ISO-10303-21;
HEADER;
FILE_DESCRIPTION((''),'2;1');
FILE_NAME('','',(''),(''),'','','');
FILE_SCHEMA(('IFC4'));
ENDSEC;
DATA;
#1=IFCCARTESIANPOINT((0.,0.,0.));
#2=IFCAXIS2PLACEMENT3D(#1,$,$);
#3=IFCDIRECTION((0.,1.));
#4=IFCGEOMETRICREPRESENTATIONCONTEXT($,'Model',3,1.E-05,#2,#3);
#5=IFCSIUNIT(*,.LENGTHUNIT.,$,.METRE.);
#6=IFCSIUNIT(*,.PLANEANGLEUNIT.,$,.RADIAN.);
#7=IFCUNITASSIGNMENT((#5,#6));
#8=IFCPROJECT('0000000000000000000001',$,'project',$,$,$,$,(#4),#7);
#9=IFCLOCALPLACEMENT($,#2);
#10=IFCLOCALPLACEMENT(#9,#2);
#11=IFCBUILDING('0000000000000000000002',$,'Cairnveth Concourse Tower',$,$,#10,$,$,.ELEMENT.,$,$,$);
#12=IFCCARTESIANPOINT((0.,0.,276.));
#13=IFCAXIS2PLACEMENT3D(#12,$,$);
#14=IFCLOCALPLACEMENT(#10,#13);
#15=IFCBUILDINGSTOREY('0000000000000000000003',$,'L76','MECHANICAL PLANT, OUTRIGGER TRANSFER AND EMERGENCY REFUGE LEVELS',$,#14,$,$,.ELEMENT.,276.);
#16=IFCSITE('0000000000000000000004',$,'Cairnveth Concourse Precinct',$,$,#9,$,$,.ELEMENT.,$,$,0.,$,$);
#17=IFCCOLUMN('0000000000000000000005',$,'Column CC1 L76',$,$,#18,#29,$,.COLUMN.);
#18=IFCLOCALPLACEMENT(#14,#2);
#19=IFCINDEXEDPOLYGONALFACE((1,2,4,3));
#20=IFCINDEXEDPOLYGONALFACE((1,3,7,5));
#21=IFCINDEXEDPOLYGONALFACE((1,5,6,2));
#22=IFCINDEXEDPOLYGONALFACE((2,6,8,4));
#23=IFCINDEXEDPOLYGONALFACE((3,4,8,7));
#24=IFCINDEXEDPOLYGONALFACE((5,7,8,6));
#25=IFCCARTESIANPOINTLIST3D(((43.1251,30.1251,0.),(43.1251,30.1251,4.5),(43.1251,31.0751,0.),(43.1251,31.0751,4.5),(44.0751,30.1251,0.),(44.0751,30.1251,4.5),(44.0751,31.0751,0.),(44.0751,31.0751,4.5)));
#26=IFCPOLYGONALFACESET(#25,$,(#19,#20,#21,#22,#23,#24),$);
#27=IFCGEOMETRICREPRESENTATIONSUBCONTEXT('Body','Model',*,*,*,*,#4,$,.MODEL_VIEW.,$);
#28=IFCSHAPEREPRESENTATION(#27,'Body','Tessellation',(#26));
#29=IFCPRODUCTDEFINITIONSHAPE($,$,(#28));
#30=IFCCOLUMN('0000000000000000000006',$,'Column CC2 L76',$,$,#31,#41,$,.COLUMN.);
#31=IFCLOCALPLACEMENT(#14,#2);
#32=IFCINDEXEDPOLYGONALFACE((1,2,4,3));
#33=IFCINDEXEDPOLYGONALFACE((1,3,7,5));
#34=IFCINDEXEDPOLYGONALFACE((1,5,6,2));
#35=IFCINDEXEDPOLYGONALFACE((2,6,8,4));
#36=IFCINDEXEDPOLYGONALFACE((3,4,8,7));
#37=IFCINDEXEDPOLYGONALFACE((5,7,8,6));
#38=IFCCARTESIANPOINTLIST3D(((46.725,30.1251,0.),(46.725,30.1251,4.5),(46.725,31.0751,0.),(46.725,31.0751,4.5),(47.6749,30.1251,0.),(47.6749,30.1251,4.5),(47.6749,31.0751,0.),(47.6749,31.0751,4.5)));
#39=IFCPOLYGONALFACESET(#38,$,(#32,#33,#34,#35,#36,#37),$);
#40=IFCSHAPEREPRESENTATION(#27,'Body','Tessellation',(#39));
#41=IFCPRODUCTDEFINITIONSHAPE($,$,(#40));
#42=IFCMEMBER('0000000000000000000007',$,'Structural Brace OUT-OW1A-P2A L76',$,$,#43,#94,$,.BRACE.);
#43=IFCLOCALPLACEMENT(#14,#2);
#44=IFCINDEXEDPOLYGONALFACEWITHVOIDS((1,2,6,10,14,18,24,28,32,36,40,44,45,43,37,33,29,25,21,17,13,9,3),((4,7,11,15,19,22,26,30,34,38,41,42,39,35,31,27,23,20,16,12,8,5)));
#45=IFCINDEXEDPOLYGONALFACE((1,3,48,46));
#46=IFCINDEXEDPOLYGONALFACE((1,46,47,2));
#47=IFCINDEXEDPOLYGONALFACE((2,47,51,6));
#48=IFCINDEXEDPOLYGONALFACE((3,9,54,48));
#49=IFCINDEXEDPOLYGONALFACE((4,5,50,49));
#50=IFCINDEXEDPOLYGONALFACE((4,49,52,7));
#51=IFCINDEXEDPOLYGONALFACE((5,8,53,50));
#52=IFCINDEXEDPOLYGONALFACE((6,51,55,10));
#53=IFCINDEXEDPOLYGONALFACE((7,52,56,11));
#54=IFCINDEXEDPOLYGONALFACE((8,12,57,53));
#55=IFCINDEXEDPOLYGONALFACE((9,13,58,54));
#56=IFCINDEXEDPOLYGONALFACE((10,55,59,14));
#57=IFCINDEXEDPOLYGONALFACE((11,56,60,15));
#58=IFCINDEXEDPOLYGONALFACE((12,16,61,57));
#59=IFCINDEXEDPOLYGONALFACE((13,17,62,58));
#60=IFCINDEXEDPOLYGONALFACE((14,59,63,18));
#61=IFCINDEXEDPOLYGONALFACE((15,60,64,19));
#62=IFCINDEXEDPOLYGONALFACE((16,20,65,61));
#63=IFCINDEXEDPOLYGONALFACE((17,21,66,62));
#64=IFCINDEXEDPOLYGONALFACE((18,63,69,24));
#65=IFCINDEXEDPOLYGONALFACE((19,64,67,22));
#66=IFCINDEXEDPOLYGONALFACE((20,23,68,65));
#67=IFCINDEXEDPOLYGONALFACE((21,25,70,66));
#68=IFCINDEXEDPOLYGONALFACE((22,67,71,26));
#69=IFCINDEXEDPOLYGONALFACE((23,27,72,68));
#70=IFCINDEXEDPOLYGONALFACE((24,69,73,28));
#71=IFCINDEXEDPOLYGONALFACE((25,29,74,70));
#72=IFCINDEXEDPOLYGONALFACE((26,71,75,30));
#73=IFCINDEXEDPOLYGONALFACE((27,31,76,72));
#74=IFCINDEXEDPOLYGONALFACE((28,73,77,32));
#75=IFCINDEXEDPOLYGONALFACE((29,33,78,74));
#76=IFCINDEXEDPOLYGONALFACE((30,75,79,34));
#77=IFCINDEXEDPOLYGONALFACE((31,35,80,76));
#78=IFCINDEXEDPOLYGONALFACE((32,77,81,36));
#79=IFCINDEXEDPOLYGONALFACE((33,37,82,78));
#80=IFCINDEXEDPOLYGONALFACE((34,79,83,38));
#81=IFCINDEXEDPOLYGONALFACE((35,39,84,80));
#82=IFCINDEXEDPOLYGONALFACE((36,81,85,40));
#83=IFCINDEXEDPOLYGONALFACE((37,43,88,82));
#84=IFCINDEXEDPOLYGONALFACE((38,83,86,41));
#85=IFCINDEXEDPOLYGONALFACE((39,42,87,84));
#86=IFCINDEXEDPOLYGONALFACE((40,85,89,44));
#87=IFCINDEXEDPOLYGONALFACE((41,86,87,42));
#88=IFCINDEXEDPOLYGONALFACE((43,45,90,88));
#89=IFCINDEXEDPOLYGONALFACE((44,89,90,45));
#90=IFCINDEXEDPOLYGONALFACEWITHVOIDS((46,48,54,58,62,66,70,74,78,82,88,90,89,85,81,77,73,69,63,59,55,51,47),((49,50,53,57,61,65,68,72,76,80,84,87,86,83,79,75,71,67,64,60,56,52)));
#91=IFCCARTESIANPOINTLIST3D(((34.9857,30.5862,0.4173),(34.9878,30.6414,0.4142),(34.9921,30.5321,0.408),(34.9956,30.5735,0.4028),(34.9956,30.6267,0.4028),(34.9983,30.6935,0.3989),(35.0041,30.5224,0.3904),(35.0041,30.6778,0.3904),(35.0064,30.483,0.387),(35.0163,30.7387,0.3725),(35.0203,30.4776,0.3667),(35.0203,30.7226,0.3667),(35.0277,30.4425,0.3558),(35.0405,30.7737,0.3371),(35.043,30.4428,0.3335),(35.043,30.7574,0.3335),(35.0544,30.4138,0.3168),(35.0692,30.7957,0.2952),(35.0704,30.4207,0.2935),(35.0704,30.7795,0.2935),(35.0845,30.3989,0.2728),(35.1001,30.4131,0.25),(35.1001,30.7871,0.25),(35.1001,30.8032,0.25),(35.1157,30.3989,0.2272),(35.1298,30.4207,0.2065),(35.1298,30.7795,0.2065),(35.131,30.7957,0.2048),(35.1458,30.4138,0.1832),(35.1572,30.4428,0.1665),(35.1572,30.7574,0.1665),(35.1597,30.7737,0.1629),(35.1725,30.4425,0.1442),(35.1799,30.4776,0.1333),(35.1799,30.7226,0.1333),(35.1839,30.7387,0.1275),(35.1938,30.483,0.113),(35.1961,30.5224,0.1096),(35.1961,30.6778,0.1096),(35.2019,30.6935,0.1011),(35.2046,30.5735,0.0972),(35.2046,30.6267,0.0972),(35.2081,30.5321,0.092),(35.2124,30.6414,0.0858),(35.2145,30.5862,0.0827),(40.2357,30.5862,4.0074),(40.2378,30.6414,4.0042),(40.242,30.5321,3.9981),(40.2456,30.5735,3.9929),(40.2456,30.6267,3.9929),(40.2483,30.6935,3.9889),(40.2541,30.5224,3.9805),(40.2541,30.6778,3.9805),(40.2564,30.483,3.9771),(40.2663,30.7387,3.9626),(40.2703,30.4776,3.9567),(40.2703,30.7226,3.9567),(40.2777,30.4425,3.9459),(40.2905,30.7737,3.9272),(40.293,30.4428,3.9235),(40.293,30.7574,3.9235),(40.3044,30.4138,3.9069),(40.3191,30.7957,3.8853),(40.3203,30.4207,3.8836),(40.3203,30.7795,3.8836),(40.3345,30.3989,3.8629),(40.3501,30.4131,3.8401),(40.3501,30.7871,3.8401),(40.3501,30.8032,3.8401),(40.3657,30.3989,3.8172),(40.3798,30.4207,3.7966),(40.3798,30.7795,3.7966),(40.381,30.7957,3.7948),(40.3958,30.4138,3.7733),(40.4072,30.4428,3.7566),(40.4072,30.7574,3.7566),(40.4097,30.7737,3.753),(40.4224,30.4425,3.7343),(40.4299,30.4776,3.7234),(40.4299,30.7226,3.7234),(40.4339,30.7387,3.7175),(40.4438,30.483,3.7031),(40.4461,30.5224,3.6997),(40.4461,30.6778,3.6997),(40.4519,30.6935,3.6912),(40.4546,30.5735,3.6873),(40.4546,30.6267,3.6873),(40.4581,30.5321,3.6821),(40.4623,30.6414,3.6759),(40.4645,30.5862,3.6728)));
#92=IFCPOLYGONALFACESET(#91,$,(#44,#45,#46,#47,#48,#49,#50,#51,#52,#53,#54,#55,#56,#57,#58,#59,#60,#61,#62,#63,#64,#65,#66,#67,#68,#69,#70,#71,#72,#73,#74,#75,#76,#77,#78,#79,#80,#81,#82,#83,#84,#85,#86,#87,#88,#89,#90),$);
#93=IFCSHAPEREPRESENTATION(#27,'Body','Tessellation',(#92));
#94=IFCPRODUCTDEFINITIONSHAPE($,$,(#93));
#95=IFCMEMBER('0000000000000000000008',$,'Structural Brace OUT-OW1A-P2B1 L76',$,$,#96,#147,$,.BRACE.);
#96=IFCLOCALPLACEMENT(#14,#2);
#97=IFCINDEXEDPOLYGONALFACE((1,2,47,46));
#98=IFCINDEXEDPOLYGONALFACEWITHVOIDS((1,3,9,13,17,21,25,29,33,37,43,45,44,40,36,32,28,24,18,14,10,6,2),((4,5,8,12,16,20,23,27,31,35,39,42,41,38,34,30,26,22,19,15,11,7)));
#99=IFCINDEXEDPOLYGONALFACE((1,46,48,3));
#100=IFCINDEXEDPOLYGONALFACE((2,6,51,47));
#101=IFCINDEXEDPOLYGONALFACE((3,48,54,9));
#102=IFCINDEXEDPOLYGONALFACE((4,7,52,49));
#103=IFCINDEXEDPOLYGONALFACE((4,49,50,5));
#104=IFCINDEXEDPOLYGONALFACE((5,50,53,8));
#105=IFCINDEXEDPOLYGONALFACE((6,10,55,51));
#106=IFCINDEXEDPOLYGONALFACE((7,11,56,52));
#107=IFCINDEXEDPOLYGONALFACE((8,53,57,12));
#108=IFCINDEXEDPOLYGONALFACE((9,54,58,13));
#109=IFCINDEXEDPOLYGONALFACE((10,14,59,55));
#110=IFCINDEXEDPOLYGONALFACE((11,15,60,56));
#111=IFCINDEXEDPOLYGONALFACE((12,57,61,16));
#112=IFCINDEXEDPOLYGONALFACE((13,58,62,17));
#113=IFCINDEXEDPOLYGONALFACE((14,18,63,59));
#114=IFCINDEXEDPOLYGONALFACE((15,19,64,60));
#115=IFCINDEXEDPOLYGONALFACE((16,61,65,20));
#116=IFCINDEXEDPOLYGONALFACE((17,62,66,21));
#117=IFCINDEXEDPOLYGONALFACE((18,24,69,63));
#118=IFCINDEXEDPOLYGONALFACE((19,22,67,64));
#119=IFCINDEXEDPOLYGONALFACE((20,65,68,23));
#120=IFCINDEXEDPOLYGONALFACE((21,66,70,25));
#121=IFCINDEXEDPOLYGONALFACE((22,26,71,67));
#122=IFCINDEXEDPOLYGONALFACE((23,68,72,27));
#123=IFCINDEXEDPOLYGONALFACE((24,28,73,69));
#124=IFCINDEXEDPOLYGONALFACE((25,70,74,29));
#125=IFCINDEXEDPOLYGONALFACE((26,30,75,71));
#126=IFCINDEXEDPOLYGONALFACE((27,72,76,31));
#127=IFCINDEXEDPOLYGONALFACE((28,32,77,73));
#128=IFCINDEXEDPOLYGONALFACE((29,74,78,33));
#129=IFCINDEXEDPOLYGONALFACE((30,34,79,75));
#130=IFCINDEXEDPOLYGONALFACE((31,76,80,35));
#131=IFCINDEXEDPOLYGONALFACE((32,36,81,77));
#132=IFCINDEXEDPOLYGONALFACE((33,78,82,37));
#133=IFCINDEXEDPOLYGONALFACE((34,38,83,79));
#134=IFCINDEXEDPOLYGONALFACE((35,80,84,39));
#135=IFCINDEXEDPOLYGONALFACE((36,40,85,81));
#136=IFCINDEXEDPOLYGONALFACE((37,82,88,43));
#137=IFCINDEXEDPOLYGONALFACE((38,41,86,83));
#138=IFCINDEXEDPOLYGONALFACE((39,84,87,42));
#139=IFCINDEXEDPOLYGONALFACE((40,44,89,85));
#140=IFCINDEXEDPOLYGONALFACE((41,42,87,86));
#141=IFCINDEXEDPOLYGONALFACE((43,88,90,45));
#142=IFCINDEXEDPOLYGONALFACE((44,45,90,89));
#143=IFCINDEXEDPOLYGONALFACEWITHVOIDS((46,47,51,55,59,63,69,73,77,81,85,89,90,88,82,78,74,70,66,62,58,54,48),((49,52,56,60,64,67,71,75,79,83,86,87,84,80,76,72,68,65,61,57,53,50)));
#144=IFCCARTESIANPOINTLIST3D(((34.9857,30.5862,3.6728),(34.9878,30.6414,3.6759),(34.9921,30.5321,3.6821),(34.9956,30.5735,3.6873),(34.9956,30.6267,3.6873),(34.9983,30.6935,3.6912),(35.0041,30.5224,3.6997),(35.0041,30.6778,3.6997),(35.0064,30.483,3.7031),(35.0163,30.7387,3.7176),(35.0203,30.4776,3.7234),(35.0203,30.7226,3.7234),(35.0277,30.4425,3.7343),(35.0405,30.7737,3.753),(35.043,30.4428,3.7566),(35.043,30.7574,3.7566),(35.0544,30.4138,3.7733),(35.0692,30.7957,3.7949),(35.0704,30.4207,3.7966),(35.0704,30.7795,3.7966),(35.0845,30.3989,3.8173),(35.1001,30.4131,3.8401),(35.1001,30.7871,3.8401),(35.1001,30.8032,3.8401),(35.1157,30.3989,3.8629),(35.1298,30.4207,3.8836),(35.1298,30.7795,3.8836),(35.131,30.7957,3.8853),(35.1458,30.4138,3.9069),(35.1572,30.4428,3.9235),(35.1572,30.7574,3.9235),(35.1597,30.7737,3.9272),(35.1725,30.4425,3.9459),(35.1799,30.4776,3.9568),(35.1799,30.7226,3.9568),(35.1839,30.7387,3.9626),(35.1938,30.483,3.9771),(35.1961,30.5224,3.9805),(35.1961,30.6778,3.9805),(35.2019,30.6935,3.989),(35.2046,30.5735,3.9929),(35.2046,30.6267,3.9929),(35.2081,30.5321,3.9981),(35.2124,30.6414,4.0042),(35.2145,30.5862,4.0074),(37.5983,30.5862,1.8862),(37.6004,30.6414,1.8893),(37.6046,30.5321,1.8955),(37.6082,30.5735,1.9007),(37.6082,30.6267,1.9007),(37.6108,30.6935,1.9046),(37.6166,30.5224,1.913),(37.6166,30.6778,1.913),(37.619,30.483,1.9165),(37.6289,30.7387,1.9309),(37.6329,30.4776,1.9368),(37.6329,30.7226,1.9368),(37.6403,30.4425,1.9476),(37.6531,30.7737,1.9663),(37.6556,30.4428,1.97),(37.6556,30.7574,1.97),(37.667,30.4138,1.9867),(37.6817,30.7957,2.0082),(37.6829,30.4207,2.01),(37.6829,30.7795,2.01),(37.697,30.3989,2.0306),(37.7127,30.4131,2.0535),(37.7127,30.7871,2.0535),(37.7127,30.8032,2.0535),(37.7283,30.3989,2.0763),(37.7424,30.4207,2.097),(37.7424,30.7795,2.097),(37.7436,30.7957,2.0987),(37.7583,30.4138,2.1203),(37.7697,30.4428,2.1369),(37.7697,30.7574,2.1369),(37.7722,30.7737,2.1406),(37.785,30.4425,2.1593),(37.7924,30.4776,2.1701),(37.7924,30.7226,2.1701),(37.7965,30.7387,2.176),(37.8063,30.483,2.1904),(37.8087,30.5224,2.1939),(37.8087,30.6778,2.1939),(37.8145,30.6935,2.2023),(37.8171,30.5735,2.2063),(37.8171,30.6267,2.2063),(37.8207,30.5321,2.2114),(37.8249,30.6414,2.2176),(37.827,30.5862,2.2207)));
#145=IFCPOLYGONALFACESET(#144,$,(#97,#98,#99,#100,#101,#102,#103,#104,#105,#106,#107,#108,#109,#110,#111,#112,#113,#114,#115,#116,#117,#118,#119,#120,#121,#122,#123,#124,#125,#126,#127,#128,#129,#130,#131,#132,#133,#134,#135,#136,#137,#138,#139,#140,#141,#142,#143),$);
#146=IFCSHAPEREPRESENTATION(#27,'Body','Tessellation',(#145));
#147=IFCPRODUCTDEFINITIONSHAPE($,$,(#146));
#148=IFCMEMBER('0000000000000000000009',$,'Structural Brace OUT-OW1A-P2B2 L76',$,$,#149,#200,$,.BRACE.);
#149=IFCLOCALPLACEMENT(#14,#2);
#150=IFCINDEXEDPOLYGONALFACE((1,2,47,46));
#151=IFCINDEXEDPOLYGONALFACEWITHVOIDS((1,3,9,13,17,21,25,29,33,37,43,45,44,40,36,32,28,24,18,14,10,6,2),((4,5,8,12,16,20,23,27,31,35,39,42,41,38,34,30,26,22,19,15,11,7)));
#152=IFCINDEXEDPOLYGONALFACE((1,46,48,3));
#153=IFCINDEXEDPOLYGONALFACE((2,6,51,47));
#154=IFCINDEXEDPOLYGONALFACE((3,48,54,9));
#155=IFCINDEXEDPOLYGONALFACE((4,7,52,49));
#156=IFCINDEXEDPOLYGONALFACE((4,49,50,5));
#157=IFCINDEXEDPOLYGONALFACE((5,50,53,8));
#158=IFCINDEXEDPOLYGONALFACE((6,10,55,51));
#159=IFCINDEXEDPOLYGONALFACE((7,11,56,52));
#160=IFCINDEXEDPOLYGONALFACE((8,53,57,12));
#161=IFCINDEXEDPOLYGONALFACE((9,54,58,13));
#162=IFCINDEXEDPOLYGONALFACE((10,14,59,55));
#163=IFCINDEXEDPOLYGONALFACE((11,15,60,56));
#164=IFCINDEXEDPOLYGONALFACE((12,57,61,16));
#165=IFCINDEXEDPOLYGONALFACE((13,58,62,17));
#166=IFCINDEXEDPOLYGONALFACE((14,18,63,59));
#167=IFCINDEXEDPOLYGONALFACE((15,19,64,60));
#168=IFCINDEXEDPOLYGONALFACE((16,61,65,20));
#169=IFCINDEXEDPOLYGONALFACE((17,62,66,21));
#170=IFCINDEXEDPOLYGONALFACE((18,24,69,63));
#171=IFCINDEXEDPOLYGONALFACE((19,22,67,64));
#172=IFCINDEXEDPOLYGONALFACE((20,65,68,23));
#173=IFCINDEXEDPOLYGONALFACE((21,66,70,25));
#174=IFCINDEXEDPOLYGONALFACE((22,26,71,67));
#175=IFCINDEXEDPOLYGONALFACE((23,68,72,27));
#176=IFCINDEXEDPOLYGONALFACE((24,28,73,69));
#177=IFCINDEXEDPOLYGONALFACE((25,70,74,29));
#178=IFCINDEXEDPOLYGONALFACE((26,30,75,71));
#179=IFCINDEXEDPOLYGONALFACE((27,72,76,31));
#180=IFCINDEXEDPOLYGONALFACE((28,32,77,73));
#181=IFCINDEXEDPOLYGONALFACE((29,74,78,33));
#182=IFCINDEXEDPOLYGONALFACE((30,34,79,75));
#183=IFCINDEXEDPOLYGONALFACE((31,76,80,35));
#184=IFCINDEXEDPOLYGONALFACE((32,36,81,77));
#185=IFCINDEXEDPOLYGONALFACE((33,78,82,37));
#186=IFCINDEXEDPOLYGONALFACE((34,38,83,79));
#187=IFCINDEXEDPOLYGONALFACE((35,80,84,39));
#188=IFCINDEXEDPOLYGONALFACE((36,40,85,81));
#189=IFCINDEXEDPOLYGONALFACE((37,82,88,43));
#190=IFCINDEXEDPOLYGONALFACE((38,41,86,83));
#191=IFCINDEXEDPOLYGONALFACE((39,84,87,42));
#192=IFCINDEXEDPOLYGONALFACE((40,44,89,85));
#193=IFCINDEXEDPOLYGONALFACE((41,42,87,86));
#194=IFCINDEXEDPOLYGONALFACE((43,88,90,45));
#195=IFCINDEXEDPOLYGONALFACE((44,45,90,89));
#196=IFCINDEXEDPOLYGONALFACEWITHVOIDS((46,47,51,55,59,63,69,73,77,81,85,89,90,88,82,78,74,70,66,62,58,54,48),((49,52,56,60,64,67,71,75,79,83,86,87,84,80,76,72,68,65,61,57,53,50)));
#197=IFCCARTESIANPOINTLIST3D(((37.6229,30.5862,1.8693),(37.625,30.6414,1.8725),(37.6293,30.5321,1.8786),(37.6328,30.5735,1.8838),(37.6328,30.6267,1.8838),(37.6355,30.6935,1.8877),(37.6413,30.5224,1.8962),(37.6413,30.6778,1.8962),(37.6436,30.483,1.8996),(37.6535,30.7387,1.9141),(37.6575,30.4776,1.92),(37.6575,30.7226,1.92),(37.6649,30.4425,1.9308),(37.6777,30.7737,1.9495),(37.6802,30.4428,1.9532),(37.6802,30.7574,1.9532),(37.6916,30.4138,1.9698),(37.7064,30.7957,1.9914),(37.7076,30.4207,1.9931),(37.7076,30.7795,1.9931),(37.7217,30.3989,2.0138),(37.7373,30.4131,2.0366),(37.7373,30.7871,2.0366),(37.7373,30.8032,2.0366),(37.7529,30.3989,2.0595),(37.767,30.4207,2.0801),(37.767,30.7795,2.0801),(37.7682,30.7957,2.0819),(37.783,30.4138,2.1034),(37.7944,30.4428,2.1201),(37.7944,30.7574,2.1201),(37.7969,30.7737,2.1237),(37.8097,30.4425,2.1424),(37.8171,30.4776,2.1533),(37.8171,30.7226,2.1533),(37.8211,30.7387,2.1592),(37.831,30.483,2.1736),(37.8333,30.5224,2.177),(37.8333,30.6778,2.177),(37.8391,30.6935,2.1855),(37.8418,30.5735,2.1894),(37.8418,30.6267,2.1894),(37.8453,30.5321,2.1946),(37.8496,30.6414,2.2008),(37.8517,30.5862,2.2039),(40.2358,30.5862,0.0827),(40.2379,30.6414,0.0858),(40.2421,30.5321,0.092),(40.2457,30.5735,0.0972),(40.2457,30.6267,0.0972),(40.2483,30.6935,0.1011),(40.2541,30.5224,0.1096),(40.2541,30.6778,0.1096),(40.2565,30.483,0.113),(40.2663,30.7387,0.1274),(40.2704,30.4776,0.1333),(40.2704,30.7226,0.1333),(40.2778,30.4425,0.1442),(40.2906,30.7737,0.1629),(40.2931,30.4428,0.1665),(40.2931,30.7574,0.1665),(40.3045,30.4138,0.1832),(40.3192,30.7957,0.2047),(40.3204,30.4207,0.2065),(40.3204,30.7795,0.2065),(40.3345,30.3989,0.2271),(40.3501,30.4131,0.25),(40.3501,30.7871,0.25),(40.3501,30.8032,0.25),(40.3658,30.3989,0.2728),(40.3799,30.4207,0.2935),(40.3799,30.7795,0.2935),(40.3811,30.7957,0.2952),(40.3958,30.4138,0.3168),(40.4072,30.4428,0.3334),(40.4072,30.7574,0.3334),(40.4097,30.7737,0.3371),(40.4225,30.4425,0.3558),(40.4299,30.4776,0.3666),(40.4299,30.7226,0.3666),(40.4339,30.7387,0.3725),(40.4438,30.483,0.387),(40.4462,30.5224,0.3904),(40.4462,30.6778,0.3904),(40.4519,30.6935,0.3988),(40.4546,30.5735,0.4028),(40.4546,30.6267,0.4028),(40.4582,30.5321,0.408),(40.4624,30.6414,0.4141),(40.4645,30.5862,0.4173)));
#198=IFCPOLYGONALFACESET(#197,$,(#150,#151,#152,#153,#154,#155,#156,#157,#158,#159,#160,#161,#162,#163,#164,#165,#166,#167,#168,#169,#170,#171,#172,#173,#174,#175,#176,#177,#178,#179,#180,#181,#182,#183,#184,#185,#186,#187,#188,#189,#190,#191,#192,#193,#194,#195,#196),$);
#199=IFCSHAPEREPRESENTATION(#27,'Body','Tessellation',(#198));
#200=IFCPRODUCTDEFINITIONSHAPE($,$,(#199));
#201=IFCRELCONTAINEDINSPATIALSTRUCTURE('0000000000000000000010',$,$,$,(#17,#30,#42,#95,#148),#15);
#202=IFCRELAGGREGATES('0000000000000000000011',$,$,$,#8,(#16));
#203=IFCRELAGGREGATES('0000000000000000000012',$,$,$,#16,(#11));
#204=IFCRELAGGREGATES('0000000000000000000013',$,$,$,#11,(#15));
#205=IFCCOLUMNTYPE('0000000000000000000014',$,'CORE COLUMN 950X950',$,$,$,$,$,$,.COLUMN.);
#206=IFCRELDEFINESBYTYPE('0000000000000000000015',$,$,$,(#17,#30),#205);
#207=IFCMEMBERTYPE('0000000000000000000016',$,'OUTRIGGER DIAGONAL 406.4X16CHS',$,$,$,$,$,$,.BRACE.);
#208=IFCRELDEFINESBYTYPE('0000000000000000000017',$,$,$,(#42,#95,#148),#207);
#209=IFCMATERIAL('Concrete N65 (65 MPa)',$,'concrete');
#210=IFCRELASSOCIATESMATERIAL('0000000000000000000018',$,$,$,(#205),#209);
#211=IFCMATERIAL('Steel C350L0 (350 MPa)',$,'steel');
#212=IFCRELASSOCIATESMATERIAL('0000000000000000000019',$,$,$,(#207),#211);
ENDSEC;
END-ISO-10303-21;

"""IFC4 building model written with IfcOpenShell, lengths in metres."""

from ifc_helpers import new_model, si_unit, direction, frame, origin, origin_2d, place, context, subcontext, project, spatial, rectangle, hollow_circle, extrude, material, material_profile, profile_set, type_object, element, save


model = new_model("IFC4")

# Units and contexts
model_context = context("Model", 3, precision=1e-05, world=origin(), true_north=direction((0.0, 1.0)))
body_context = subcontext(model_context, "Body", "Model", "MODEL_VIEW")
ifc_project = project(units=[si_unit("LENGTHUNIT", "METRE"), si_unit("PLANEANGLEUNIT", "RADIAN")], contexts=[model_context])

# Site, building, storey
site_placement = place(None, origin())
site = spatial("IfcSite", under=ifc_project, at=site_placement, Name="Cairnveth Concourse Precinct", CompositionType="ELEMENT", RefElevation=0.0)
building_placement = place(site_placement, origin())
building = spatial("IfcBuilding", under=site, at=building_placement, Name="Cairnveth Concourse Tower", CompositionType="ELEMENT")
storey_placement = place(building_placement, frame((0.0, 0.0, 276.0)))
storey = spatial("IfcBuildingStorey", under=building, at=storey_placement, Name="L76", Description="MECHANICAL PLANT, OUTRIGGER TRANSFER AND EMERGENCY REFUGE LEVELS", CompositionType="ELEMENT", Elevation=276.0)

# Columns
ifc_material_1 = material(Name="Concrete N65 (65 MPa)", Category="concrete")
ifc_material_profile_1 = material_profile(ifc_material_1, rectangle(XDim=0.95, YDim=0.95, at=origin_2d()), Name="RC-COL-950x950")
ifc_profile_set_1 = profile_set([ifc_material_profile_1], Name="Concrete N65 (65 MPa)")
column_type = type_object("IfcColumnType", Name="CORE COLUMN 950X950", PredefinedType="COLUMN", material=ifc_profile_set_1)
for number, where, z_axis, x_axis, name in (
    (1, (43.6001, 30.6001, 0.0), (0.0, 0.0, 1.0), (1.0, 0.0, 0.0), "Column CC1 L76"),
    (2, (47.2, 30.6001, 0.0), (0.0, 0.0, 1.0), (1.0, 0.0, 0.0), "Column CC2 L76"),
):
    element("IfcColumn", number, at=place(storey_placement, frame(where, z_axis=z_axis, x_axis=x_axis)), inside=storey, type_object=column_type, Name=name, PredefinedType="COLUMN", context=body_context, shape_type="SweptSolid", body=[
        extrude(rectangle(XDim=0.95, YDim=0.95, at=origin_2d()), origin(), (0.0, 0.0, 1.0), 4.5),
    ])

# Members
ifc_material_2 = material(Name="Steel C350L0 (350 MPa)", Category="steel")
ifc_material_profile_2 = material_profile(ifc_material_2, hollow_circle(Radius=0.2031, WallThickness=0.0161, at=origin_2d()), Name="406.4x16.0CHS")
ifc_profile_set_2 = profile_set([ifc_material_profile_2], Name="Steel C350L0 (350 MPa)")
member_type_1 = type_object("IfcMemberType", Name="OUTRIGGER DIAGONAL 406.4X16CHS", PredefinedType="BRACE", material=ifc_profile_set_2)
member_1_placement = place(storey_placement, frame((35.1001, 30.6001, 0.25), z_axis=(0.825455, 0.0, 0.564468), x_axis=(0.0, 1.0, 0.0)))
element("IfcMember", 3, at=member_1_placement, inside=storey, type_object=member_type_1, Name="Structural Brace OUT-OW1A-P2A L76", PredefinedType="BRACE", context=body_context, shape_type="SweptSolid", body=[
    extrude(hollow_circle(Radius=0.2031, WallThickness=0.0161, at=origin_2d()), origin(), (0.0, 0.0, 1.0), 6.3601),
])
member_2_placement = place(storey_placement, frame((35.1001, 30.6001, 3.8401), z_axis=(0.825442, 0.0, -0.564488), x_axis=(0.0, 1.0, 0.0)))
element("IfcMember", 4, at=member_2_placement, inside=storey, type_object=member_type_1, Name="Structural Brace OUT-OW1A-P2B1 L76", PredefinedType="BRACE", context=body_context, shape_type="SweptSolid", body=[
    extrude(hollow_circle(Radius=0.2031, WallThickness=0.0161, at=origin_2d()), origin(), (0.0, 0.0, 1.0), 3.165),
])
member_3_placement = place(storey_placement, frame((37.7373, 30.6001, 2.0366), z_axis=(0.825466, 0.0, -0.564452), x_axis=(0.0, 1.0, 0.0)))
element("IfcMember", 5, at=member_3_placement, inside=storey, type_object=member_type_1, Name="Structural Brace OUT-OW1A-P2B2 L76", PredefinedType="BRACE", context=body_context, shape_type="SweptSolid", body=[
    extrude(hollow_circle(Radius=0.2031, WallThickness=0.0161, at=origin_2d()), origin(), (0.0, 0.0, 1.0), 3.1653),
])

save(model, "model.ifc")
